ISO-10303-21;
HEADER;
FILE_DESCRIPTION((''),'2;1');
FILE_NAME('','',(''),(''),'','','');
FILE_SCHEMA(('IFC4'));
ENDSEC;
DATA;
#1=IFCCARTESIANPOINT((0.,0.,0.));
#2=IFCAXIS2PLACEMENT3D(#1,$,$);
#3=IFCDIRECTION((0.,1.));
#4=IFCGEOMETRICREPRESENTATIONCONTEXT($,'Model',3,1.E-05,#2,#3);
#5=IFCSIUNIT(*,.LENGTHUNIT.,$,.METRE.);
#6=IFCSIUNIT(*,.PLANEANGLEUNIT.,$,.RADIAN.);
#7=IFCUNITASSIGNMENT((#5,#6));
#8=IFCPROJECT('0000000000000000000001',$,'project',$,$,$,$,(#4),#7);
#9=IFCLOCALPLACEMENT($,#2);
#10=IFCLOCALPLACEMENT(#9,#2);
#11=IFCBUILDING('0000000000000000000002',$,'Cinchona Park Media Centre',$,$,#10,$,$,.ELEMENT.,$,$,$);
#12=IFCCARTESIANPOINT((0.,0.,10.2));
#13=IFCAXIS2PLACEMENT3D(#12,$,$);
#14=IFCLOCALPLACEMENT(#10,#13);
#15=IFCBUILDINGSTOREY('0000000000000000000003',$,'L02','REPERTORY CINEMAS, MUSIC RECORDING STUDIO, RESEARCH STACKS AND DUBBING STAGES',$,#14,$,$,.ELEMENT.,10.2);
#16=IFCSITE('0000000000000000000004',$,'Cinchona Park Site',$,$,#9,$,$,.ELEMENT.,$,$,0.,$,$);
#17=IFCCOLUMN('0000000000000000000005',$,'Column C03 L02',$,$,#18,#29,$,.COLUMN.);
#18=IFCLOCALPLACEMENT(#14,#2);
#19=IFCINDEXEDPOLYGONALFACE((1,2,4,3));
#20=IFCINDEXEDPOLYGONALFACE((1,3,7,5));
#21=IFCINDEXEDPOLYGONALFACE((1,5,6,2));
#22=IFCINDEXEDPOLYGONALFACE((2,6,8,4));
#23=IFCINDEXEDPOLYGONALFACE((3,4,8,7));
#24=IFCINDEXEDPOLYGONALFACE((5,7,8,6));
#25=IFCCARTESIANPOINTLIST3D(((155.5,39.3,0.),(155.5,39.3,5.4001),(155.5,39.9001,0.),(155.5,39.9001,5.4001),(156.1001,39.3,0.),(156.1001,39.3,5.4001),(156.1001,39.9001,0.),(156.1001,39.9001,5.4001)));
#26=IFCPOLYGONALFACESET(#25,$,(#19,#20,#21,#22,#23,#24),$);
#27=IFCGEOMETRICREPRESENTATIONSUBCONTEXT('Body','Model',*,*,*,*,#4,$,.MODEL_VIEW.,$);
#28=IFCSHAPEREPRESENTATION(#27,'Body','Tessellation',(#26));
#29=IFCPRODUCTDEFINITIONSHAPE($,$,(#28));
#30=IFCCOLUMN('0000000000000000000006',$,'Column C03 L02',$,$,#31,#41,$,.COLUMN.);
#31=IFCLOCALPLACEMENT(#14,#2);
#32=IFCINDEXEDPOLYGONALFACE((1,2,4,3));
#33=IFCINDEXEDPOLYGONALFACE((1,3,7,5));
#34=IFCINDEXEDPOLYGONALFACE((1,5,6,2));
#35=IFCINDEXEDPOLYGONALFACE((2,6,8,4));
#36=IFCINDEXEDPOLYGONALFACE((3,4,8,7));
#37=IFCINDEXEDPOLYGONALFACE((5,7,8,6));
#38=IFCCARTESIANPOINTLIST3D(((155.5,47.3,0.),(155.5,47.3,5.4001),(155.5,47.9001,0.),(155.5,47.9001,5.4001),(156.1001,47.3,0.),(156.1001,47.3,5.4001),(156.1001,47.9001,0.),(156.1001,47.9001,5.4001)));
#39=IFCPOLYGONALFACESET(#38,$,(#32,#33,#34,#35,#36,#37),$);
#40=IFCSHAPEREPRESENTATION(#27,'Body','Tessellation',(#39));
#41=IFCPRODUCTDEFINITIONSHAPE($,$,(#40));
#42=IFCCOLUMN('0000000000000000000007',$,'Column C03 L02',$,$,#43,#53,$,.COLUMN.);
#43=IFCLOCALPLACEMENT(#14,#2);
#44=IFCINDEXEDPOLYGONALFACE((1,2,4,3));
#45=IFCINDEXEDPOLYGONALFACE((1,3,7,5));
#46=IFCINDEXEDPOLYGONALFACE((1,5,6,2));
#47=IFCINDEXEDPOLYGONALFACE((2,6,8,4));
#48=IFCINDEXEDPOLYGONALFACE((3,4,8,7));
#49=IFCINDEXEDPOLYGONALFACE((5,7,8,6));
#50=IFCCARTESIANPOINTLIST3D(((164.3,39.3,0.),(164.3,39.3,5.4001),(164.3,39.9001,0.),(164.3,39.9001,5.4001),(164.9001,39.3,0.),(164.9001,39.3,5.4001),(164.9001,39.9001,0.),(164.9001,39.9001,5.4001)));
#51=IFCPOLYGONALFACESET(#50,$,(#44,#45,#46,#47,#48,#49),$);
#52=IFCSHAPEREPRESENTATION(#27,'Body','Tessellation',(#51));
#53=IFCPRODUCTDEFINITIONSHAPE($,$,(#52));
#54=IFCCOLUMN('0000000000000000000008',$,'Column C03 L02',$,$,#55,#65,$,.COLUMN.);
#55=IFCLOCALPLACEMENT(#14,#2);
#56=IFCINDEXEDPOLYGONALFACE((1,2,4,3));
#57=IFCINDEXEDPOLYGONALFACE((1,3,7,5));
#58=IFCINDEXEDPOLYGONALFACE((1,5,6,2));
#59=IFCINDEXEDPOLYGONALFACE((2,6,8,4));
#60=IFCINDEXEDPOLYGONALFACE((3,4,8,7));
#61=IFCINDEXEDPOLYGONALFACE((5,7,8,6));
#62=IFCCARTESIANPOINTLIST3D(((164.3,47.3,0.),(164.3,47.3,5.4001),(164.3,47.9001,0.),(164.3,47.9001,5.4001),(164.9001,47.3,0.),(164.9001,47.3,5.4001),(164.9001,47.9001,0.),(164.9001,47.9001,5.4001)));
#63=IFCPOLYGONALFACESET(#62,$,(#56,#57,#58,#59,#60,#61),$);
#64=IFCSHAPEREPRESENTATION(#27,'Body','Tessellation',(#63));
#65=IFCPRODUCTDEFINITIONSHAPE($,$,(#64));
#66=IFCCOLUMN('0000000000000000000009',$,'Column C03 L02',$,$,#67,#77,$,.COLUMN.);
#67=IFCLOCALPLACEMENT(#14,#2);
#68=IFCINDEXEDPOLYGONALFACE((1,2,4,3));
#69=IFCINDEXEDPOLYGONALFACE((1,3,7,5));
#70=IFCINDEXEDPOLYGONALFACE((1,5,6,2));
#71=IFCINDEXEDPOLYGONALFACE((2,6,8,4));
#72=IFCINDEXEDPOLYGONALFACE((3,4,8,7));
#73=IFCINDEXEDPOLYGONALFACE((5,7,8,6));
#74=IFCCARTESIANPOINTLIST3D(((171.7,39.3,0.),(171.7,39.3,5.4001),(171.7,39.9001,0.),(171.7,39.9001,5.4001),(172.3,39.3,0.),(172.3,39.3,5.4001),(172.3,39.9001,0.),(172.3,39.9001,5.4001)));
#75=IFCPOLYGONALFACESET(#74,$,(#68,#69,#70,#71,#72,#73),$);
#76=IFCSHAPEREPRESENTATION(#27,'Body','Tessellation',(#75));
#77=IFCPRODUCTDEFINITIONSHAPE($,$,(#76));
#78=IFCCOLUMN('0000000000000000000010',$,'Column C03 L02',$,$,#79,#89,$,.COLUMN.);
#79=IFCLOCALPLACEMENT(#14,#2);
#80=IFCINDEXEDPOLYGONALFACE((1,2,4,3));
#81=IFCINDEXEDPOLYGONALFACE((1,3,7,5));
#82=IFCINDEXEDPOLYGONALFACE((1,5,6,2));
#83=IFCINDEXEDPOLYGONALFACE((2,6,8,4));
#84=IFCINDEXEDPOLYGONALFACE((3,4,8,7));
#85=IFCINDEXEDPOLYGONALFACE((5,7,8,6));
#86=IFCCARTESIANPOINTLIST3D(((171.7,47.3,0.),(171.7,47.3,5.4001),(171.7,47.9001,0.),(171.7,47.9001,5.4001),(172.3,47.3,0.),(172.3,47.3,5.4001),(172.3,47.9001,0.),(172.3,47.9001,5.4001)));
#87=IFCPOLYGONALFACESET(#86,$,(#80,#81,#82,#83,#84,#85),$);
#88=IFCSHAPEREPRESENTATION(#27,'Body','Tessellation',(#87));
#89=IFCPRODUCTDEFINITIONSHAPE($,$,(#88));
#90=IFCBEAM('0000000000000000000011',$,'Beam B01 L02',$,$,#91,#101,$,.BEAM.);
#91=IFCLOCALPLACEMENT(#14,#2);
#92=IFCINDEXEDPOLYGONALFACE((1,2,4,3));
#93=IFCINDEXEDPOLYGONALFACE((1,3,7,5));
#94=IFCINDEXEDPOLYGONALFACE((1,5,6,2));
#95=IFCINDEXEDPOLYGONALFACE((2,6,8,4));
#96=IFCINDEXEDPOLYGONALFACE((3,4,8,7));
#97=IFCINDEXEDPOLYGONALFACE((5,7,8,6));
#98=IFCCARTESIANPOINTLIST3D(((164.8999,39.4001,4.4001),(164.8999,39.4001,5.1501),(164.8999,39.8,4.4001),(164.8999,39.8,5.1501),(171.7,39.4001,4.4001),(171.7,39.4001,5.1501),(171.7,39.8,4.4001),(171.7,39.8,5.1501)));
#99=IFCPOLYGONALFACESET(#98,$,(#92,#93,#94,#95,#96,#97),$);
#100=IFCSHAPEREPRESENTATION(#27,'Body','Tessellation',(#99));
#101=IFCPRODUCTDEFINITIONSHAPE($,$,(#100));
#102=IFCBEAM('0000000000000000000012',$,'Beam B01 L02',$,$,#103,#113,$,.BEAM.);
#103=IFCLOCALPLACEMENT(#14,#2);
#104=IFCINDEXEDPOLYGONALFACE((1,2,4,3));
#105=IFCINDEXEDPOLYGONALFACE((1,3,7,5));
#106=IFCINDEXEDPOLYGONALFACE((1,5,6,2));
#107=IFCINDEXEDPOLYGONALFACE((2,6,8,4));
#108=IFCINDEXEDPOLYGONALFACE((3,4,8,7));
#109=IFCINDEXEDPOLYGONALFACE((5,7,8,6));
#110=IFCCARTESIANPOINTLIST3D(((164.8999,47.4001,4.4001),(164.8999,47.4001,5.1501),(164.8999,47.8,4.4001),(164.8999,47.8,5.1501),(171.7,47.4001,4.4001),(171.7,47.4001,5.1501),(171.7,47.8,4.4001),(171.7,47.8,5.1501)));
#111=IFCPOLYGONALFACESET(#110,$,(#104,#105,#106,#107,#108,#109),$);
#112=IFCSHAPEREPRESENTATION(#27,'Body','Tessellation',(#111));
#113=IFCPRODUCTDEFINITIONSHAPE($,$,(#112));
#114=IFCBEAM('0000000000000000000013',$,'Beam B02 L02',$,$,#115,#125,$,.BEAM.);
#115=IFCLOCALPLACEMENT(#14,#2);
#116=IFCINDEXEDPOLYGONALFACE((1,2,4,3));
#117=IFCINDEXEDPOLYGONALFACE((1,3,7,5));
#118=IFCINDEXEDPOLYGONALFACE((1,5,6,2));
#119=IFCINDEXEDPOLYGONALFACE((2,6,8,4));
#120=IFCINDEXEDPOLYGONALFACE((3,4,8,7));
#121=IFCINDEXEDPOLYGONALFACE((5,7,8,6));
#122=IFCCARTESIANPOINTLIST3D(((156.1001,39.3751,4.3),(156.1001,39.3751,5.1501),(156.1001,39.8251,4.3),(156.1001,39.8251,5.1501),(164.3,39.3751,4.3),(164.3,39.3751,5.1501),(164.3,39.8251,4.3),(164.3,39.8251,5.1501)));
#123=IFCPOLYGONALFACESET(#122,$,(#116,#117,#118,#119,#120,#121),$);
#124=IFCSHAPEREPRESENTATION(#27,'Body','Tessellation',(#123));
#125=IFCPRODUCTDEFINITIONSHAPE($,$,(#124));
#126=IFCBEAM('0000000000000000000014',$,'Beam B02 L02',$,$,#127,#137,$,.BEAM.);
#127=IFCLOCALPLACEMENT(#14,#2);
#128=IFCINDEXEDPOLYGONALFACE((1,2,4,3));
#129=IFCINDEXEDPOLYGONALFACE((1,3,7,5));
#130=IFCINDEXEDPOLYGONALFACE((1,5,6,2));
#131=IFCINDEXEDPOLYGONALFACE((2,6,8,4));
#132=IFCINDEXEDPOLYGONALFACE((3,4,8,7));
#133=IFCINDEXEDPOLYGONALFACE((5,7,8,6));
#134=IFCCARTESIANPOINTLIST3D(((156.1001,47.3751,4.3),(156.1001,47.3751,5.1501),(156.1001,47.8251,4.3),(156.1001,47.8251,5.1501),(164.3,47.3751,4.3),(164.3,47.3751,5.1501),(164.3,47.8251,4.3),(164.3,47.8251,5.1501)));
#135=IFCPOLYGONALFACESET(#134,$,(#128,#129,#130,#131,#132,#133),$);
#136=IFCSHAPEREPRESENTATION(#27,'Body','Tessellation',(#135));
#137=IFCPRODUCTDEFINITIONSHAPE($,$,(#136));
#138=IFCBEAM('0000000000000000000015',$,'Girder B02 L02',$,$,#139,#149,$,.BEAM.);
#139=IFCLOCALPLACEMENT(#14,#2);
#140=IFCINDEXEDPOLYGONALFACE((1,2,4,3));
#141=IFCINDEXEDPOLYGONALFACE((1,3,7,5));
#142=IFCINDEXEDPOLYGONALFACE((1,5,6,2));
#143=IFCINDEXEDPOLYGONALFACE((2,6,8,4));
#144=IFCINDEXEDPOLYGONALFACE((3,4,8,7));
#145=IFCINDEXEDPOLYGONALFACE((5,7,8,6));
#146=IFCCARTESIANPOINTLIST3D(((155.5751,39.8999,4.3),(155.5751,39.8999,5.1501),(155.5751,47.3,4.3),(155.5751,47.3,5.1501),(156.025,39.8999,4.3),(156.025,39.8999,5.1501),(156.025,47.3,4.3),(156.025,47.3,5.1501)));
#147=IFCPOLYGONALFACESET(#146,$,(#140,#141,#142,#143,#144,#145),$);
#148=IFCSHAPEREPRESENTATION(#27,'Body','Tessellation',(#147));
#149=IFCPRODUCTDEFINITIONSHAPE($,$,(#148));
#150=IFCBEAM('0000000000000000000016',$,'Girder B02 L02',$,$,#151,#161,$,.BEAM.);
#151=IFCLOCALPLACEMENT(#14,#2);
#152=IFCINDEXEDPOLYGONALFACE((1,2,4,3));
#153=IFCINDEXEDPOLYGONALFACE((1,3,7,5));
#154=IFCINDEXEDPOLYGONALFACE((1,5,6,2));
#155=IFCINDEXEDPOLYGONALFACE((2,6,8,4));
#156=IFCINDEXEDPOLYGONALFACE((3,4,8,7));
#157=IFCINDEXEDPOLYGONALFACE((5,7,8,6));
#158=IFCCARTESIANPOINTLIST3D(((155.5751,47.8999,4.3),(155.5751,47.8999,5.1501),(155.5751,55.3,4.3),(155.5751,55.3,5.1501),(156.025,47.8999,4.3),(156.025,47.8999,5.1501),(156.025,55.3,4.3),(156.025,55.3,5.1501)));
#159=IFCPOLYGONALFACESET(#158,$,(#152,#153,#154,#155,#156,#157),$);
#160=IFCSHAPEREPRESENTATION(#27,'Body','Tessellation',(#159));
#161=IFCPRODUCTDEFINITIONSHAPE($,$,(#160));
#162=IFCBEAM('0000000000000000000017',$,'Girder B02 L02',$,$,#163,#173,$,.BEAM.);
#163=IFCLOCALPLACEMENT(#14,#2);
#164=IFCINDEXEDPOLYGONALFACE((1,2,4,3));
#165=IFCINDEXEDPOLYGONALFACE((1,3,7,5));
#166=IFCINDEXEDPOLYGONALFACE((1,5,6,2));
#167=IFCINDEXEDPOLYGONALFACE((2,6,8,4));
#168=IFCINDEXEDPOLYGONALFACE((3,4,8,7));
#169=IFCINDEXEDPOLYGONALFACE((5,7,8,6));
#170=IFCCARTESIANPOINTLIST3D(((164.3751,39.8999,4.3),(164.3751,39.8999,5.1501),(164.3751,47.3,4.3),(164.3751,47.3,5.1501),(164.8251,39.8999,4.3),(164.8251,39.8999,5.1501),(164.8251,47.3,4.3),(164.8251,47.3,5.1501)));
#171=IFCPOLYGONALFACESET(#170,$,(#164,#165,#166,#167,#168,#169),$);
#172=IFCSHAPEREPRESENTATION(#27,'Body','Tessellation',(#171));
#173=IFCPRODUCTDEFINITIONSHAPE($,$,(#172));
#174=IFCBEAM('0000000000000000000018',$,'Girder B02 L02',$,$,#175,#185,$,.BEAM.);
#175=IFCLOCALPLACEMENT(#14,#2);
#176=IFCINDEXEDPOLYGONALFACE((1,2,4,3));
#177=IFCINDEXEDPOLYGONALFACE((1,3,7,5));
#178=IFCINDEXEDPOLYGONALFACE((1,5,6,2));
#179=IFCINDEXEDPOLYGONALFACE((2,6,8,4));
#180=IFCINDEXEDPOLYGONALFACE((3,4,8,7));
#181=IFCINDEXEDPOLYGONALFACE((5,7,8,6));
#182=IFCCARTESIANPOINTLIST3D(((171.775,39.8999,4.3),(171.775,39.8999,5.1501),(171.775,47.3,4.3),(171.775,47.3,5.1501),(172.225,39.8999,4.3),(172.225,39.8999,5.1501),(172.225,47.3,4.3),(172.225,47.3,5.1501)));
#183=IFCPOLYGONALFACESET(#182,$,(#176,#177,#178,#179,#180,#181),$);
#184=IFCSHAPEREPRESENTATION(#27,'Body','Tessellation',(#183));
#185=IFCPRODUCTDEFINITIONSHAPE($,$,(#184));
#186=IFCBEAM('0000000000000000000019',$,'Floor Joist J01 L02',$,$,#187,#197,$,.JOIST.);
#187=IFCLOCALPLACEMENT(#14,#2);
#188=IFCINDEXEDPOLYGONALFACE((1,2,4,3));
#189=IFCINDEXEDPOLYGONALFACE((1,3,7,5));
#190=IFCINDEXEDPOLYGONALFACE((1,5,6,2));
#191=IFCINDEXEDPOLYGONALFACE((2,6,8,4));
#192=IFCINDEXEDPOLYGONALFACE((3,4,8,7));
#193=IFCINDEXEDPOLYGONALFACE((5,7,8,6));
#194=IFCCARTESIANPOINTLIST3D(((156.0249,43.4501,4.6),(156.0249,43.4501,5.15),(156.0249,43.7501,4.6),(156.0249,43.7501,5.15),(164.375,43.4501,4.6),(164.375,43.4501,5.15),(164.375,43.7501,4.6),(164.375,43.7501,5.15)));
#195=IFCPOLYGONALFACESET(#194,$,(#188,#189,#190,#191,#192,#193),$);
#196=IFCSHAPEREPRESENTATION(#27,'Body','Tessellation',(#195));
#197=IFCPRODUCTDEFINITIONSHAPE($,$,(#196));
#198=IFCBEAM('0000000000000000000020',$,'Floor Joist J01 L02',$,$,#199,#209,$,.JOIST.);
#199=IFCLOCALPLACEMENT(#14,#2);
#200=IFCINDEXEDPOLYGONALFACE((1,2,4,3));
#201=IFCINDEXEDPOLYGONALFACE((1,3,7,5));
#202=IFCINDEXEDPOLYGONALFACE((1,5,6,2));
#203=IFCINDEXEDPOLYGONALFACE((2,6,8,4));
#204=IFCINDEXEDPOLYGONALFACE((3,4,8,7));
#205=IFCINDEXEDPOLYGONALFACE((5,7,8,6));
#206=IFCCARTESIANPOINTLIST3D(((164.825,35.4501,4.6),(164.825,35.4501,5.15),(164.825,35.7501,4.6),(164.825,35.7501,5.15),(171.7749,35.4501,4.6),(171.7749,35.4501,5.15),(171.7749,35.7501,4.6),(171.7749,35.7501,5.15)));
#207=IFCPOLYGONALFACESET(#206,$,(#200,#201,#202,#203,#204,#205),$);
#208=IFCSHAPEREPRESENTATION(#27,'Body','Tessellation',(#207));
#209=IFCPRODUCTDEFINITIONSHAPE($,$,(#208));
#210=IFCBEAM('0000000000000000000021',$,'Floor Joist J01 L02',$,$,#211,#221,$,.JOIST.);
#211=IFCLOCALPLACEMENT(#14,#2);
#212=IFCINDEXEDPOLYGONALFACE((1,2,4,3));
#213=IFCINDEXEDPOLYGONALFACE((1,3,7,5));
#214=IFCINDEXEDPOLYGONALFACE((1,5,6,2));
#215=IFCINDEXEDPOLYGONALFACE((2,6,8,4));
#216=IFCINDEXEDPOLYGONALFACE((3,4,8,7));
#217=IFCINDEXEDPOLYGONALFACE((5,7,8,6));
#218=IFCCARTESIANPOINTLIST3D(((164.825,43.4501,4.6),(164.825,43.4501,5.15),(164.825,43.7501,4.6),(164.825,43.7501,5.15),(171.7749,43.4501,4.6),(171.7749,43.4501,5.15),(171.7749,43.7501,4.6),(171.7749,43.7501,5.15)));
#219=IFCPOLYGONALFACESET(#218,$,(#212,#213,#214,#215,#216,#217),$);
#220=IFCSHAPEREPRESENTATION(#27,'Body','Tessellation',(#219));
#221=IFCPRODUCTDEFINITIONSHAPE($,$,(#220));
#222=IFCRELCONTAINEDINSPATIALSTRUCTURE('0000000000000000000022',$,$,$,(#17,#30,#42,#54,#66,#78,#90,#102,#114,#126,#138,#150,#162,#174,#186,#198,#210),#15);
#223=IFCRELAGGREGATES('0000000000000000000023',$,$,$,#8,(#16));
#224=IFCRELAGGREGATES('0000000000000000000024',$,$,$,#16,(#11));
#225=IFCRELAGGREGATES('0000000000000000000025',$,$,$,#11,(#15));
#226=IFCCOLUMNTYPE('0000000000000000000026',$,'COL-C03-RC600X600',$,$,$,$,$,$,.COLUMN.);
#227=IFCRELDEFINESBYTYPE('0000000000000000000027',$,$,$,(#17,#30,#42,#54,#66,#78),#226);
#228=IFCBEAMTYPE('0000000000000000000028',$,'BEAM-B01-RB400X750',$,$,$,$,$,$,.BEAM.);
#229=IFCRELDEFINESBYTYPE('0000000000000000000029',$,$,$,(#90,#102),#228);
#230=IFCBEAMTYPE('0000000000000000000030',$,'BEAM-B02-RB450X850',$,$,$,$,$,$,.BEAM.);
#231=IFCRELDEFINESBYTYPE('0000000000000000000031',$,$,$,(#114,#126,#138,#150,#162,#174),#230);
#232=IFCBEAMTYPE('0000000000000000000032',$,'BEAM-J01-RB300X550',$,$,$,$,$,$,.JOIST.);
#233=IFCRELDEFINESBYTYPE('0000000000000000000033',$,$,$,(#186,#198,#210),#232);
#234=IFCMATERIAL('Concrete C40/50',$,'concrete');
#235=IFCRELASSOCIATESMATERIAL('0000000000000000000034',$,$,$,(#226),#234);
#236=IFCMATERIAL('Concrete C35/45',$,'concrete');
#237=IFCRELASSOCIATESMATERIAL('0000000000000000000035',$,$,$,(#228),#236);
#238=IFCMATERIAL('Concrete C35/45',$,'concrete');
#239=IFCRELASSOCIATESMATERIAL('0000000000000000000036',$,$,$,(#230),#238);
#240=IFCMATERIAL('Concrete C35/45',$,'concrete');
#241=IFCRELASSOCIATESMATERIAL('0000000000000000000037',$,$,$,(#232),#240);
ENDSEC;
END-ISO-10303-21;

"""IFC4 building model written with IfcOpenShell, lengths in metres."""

from ifc_helpers import new_model, si_unit, direction, frame, origin, origin_2d, place, context, subcontext, project, spatial, rectangle, extrude, material, material_profile, profile_set, type_object, element, save


model = new_model("IFC4")

# Units and contexts
model_context = context("Model", 3, precision=1e-05, world=origin(), true_north=direction((0.0, 1.0)))
body_context = subcontext(model_context, "Body", "Model", "MODEL_VIEW")
ifc_project = project(units=[si_unit("LENGTHUNIT", "METRE"), si_unit("PLANEANGLEUNIT", "RADIAN")], contexts=[model_context])

# Site, building, storey
site_placement = place(None, origin())
site = spatial("IfcSite", under=ifc_project, at=site_placement, Name="Cinchona Park Site", CompositionType="ELEMENT", RefElevation=0.0)
building_placement = place(site_placement, origin())
building = spatial("IfcBuilding", under=site, at=building_placement, Name="Cinchona Park Media Centre", CompositionType="ELEMENT")
storey_placement = place(building_placement, frame((0.0, 0.0, 10.2)))
storey = spatial("IfcBuildingStorey", under=building, at=storey_placement, Name="L02", Description="REPERTORY CINEMAS, MUSIC RECORDING STUDIO, RESEARCH STACKS AND DUBBING STAGES", CompositionType="ELEMENT", Elevation=10.2)

# Columns
ifc_material_1 = material(Name="Concrete C40/50", Category="concrete")
ifc_material_profile_1 = material_profile(ifc_material_1, rectangle(XDim=0.6001, YDim=0.6001, at=origin_2d()), Name="RC 600X600")
ifc_profile_set_1 = profile_set([ifc_material_profile_1], Name="Concrete C40/50")
column_type = type_object("IfcColumnType", Name="COL-C03-RC600X600", PredefinedType="COLUMN", material=ifc_profile_set_1)
for number, where, z_axis, x_axis, name in (
    (1, (155.8, 39.6001, 0.0), (0.0, 0.0, 1.0), (1.0, 0.0, 0.0), "Column C03 L02"),
    (2, (155.8, 47.6001, 0.0), (0.0, 0.0, 1.0), (1.0, 0.0, 0.0), "Column C03 L02"),
    (3, (164.6001, 39.6001, 0.0), (0.0, 0.0, 1.0), (1.0, 0.0, 0.0), "Column C03 L02"),
    (4, (164.6001, 47.6001, 0.0), (0.0, 0.0, 1.0), (1.0, 0.0, 0.0), "Column C03 L02"),
    (5, (172.0, 39.6001, 0.0), (0.0, 0.0, 1.0), (1.0, 0.0, 0.0), "Column C03 L02"),
    (6, (172.0, 47.6001, 0.0), (0.0, 0.0, 1.0), (1.0, 0.0, 0.0), "Column C03 L02"),
):
    element("IfcColumn", number, at=place(storey_placement, frame(where, z_axis=z_axis, x_axis=x_axis)), inside=storey, type_object=column_type, Name=name, PredefinedType="COLUMN", context=body_context, shape_type="SweptSolid", body=[
        extrude(rectangle(XDim=0.6001, YDim=0.6001, at=origin_2d()), origin(), (0.0, 0.0, 1.0), 5.4001),
    ])

# Beams
ifc_material_2 = material(Name="Concrete C35/45", Category="concrete")
ifc_material_profile_2 = material_profile(ifc_material_2, rectangle(XDim=0.3999, YDim=0.75, at=origin_2d()), Name="RB 400X750")
ifc_profile_set_2 = profile_set([ifc_material_profile_2], Name="Concrete C35/45")
beam_type_1 = type_object("IfcBeamType", Name="BEAM-B01-RB400X750", PredefinedType="BEAM", material=ifc_profile_set_2)
for number, where, z_axis, x_axis, name in (
    (7, (164.8999, 39.6001, 4.7751), (1.0, 0.0, 0.0), (0.0, 1.0, 0.0), "Beam B01 L02"),
    (8, (164.8999, 47.6001, 4.7751), (1.0, 0.0, 0.0), (0.0, 1.0, 0.0), "Beam B01 L02"),
):
    element("IfcBeam", number, at=place(storey_placement, frame(where, z_axis=z_axis, x_axis=x_axis)), inside=storey, type_object=beam_type_1, Name=name, PredefinedType="BEAM", context=body_context, shape_type="SweptSolid", body=[
        extrude(rectangle(XDim=0.3999, YDim=0.75, at=origin_2d()), origin(), (0.0, 0.0, 1.0), 6.8),
    ])
ifc_material_3 = material(Name="Concrete C35/45", Category="concrete")
ifc_material_profile_3 = material_profile(ifc_material_3, rectangle(XDim=0.45, YDim=0.8501, at=origin_2d()), Name="RB 450X850")
ifc_profile_set_3 = profile_set([ifc_material_profile_3], Name="Concrete C35/45")
beam_type_2 = type_object("IfcBeamType", Name="BEAM-B02-RB450X850", PredefinedType="BEAM", material=ifc_profile_set_3)
for number, where, z_axis, x_axis, name in (
    (9, (156.1001, 39.6001, 4.7251), (1.0, 0.0, 0.0), (0.0, 1.0, 0.0), "Beam B02 L02"),
    (10, (156.1001, 47.6001, 4.7251), (1.0, 0.0, 0.0), (0.0, 1.0, 0.0), "Beam B02 L02"),
):
    element("IfcBeam", number, at=place(storey_placement, frame(where, z_axis=z_axis, x_axis=x_axis)), inside=storey, type_object=beam_type_2, Name=name, PredefinedType="BEAM", context=body_context, shape_type="SweptSolid", body=[
        extrude(rectangle(XDim=0.45, YDim=0.8501, at=origin_2d()), origin(), (0.0, 0.0, 1.0), 8.2),
    ])
for number, where, z_axis, x_axis, name in (
    (11, (155.8, 39.8999, 4.7251), (0.0, 1.0, 0.0), (-1.0, 0.0, 0.0), "Girder B02 L02"),
    (12, (155.8, 47.8999, 4.7251), (0.0, 1.0, 0.0), (-1.0, 0.0, 0.0), "Girder B02 L02"),
    (13, (164.6001, 39.8999, 4.7251), (0.0, 1.0, 0.0), (-1.0, 0.0, 0.0), "Girder B02 L02"),
    (14, (172.0, 39.8999, 4.7251), (0.0, 1.0, 0.0), (-1.0, 0.0, 0.0), "Girder B02 L02"),
):
    element("IfcBeam", number, at=place(storey_placement, frame(where, z_axis=z_axis, x_axis=x_axis)), inside=storey, type_object=beam_type_2, Name=name, PredefinedType="BEAM", context=body_context, shape_type="SweptSolid", body=[
        extrude(rectangle(XDim=0.45, YDim=0.8501, at=origin_2d()), origin(), (0.0, 0.0, 1.0), 7.4001),
    ])
ifc_material_4 = material(Name="Concrete C35/45", Category="concrete")
ifc_material_profile_4 = material_profile(ifc_material_4, rectangle(XDim=0.3, YDim=0.55, at=origin_2d()), Name="RB 300X550")
ifc_profile_set_4 = profile_set([ifc_material_profile_4], Name="Concrete C35/45")
beam_type_3 = type_object("IfcBeamType", Name="BEAM-J01-RB300X550", PredefinedType="JOIST", material=ifc_profile_set_4)
beam_placement = place(storey_placement, frame((156.0249, 43.6001, 4.875), z_axis=(1.0, 0.0, 0.0), x_axis=(0.0, 1.0, 0.0)))
element("IfcBeam", 15, at=beam_placement, inside=storey, type_object=beam_type_3, Name="Floor Joist J01 L02", PredefinedType="JOIST", context=body_context, shape_type="SweptSolid", body=[
    extrude(rectangle(XDim=0.3, YDim=0.55, at=origin_2d()), origin(), (0.0, 0.0, 1.0), 8.3501),
])
for number, where, z_axis, x_axis, name in (
    (16, (164.825, 35.6001, 4.875), (1.0, 0.0, 0.0), (0.0, 1.0, 0.0), "Floor Joist J01 L02"),
    (17, (164.825, 43.6001, 4.875), (1.0, 0.0, 0.0), (0.0, 1.0, 0.0), "Floor Joist J01 L02"),
):
    element("IfcBeam", number, at=place(storey_placement, frame(where, z_axis=z_axis, x_axis=x_axis)), inside=storey, type_object=beam_type_3, Name=name, PredefinedType="JOIST", context=body_context, shape_type="SweptSolid", body=[
        extrude(rectangle(XDim=0.3, YDim=0.55, at=origin_2d()), origin(), (0.0, 0.0, 1.0), 6.95),
    ])

save(model, "model.ifc")
